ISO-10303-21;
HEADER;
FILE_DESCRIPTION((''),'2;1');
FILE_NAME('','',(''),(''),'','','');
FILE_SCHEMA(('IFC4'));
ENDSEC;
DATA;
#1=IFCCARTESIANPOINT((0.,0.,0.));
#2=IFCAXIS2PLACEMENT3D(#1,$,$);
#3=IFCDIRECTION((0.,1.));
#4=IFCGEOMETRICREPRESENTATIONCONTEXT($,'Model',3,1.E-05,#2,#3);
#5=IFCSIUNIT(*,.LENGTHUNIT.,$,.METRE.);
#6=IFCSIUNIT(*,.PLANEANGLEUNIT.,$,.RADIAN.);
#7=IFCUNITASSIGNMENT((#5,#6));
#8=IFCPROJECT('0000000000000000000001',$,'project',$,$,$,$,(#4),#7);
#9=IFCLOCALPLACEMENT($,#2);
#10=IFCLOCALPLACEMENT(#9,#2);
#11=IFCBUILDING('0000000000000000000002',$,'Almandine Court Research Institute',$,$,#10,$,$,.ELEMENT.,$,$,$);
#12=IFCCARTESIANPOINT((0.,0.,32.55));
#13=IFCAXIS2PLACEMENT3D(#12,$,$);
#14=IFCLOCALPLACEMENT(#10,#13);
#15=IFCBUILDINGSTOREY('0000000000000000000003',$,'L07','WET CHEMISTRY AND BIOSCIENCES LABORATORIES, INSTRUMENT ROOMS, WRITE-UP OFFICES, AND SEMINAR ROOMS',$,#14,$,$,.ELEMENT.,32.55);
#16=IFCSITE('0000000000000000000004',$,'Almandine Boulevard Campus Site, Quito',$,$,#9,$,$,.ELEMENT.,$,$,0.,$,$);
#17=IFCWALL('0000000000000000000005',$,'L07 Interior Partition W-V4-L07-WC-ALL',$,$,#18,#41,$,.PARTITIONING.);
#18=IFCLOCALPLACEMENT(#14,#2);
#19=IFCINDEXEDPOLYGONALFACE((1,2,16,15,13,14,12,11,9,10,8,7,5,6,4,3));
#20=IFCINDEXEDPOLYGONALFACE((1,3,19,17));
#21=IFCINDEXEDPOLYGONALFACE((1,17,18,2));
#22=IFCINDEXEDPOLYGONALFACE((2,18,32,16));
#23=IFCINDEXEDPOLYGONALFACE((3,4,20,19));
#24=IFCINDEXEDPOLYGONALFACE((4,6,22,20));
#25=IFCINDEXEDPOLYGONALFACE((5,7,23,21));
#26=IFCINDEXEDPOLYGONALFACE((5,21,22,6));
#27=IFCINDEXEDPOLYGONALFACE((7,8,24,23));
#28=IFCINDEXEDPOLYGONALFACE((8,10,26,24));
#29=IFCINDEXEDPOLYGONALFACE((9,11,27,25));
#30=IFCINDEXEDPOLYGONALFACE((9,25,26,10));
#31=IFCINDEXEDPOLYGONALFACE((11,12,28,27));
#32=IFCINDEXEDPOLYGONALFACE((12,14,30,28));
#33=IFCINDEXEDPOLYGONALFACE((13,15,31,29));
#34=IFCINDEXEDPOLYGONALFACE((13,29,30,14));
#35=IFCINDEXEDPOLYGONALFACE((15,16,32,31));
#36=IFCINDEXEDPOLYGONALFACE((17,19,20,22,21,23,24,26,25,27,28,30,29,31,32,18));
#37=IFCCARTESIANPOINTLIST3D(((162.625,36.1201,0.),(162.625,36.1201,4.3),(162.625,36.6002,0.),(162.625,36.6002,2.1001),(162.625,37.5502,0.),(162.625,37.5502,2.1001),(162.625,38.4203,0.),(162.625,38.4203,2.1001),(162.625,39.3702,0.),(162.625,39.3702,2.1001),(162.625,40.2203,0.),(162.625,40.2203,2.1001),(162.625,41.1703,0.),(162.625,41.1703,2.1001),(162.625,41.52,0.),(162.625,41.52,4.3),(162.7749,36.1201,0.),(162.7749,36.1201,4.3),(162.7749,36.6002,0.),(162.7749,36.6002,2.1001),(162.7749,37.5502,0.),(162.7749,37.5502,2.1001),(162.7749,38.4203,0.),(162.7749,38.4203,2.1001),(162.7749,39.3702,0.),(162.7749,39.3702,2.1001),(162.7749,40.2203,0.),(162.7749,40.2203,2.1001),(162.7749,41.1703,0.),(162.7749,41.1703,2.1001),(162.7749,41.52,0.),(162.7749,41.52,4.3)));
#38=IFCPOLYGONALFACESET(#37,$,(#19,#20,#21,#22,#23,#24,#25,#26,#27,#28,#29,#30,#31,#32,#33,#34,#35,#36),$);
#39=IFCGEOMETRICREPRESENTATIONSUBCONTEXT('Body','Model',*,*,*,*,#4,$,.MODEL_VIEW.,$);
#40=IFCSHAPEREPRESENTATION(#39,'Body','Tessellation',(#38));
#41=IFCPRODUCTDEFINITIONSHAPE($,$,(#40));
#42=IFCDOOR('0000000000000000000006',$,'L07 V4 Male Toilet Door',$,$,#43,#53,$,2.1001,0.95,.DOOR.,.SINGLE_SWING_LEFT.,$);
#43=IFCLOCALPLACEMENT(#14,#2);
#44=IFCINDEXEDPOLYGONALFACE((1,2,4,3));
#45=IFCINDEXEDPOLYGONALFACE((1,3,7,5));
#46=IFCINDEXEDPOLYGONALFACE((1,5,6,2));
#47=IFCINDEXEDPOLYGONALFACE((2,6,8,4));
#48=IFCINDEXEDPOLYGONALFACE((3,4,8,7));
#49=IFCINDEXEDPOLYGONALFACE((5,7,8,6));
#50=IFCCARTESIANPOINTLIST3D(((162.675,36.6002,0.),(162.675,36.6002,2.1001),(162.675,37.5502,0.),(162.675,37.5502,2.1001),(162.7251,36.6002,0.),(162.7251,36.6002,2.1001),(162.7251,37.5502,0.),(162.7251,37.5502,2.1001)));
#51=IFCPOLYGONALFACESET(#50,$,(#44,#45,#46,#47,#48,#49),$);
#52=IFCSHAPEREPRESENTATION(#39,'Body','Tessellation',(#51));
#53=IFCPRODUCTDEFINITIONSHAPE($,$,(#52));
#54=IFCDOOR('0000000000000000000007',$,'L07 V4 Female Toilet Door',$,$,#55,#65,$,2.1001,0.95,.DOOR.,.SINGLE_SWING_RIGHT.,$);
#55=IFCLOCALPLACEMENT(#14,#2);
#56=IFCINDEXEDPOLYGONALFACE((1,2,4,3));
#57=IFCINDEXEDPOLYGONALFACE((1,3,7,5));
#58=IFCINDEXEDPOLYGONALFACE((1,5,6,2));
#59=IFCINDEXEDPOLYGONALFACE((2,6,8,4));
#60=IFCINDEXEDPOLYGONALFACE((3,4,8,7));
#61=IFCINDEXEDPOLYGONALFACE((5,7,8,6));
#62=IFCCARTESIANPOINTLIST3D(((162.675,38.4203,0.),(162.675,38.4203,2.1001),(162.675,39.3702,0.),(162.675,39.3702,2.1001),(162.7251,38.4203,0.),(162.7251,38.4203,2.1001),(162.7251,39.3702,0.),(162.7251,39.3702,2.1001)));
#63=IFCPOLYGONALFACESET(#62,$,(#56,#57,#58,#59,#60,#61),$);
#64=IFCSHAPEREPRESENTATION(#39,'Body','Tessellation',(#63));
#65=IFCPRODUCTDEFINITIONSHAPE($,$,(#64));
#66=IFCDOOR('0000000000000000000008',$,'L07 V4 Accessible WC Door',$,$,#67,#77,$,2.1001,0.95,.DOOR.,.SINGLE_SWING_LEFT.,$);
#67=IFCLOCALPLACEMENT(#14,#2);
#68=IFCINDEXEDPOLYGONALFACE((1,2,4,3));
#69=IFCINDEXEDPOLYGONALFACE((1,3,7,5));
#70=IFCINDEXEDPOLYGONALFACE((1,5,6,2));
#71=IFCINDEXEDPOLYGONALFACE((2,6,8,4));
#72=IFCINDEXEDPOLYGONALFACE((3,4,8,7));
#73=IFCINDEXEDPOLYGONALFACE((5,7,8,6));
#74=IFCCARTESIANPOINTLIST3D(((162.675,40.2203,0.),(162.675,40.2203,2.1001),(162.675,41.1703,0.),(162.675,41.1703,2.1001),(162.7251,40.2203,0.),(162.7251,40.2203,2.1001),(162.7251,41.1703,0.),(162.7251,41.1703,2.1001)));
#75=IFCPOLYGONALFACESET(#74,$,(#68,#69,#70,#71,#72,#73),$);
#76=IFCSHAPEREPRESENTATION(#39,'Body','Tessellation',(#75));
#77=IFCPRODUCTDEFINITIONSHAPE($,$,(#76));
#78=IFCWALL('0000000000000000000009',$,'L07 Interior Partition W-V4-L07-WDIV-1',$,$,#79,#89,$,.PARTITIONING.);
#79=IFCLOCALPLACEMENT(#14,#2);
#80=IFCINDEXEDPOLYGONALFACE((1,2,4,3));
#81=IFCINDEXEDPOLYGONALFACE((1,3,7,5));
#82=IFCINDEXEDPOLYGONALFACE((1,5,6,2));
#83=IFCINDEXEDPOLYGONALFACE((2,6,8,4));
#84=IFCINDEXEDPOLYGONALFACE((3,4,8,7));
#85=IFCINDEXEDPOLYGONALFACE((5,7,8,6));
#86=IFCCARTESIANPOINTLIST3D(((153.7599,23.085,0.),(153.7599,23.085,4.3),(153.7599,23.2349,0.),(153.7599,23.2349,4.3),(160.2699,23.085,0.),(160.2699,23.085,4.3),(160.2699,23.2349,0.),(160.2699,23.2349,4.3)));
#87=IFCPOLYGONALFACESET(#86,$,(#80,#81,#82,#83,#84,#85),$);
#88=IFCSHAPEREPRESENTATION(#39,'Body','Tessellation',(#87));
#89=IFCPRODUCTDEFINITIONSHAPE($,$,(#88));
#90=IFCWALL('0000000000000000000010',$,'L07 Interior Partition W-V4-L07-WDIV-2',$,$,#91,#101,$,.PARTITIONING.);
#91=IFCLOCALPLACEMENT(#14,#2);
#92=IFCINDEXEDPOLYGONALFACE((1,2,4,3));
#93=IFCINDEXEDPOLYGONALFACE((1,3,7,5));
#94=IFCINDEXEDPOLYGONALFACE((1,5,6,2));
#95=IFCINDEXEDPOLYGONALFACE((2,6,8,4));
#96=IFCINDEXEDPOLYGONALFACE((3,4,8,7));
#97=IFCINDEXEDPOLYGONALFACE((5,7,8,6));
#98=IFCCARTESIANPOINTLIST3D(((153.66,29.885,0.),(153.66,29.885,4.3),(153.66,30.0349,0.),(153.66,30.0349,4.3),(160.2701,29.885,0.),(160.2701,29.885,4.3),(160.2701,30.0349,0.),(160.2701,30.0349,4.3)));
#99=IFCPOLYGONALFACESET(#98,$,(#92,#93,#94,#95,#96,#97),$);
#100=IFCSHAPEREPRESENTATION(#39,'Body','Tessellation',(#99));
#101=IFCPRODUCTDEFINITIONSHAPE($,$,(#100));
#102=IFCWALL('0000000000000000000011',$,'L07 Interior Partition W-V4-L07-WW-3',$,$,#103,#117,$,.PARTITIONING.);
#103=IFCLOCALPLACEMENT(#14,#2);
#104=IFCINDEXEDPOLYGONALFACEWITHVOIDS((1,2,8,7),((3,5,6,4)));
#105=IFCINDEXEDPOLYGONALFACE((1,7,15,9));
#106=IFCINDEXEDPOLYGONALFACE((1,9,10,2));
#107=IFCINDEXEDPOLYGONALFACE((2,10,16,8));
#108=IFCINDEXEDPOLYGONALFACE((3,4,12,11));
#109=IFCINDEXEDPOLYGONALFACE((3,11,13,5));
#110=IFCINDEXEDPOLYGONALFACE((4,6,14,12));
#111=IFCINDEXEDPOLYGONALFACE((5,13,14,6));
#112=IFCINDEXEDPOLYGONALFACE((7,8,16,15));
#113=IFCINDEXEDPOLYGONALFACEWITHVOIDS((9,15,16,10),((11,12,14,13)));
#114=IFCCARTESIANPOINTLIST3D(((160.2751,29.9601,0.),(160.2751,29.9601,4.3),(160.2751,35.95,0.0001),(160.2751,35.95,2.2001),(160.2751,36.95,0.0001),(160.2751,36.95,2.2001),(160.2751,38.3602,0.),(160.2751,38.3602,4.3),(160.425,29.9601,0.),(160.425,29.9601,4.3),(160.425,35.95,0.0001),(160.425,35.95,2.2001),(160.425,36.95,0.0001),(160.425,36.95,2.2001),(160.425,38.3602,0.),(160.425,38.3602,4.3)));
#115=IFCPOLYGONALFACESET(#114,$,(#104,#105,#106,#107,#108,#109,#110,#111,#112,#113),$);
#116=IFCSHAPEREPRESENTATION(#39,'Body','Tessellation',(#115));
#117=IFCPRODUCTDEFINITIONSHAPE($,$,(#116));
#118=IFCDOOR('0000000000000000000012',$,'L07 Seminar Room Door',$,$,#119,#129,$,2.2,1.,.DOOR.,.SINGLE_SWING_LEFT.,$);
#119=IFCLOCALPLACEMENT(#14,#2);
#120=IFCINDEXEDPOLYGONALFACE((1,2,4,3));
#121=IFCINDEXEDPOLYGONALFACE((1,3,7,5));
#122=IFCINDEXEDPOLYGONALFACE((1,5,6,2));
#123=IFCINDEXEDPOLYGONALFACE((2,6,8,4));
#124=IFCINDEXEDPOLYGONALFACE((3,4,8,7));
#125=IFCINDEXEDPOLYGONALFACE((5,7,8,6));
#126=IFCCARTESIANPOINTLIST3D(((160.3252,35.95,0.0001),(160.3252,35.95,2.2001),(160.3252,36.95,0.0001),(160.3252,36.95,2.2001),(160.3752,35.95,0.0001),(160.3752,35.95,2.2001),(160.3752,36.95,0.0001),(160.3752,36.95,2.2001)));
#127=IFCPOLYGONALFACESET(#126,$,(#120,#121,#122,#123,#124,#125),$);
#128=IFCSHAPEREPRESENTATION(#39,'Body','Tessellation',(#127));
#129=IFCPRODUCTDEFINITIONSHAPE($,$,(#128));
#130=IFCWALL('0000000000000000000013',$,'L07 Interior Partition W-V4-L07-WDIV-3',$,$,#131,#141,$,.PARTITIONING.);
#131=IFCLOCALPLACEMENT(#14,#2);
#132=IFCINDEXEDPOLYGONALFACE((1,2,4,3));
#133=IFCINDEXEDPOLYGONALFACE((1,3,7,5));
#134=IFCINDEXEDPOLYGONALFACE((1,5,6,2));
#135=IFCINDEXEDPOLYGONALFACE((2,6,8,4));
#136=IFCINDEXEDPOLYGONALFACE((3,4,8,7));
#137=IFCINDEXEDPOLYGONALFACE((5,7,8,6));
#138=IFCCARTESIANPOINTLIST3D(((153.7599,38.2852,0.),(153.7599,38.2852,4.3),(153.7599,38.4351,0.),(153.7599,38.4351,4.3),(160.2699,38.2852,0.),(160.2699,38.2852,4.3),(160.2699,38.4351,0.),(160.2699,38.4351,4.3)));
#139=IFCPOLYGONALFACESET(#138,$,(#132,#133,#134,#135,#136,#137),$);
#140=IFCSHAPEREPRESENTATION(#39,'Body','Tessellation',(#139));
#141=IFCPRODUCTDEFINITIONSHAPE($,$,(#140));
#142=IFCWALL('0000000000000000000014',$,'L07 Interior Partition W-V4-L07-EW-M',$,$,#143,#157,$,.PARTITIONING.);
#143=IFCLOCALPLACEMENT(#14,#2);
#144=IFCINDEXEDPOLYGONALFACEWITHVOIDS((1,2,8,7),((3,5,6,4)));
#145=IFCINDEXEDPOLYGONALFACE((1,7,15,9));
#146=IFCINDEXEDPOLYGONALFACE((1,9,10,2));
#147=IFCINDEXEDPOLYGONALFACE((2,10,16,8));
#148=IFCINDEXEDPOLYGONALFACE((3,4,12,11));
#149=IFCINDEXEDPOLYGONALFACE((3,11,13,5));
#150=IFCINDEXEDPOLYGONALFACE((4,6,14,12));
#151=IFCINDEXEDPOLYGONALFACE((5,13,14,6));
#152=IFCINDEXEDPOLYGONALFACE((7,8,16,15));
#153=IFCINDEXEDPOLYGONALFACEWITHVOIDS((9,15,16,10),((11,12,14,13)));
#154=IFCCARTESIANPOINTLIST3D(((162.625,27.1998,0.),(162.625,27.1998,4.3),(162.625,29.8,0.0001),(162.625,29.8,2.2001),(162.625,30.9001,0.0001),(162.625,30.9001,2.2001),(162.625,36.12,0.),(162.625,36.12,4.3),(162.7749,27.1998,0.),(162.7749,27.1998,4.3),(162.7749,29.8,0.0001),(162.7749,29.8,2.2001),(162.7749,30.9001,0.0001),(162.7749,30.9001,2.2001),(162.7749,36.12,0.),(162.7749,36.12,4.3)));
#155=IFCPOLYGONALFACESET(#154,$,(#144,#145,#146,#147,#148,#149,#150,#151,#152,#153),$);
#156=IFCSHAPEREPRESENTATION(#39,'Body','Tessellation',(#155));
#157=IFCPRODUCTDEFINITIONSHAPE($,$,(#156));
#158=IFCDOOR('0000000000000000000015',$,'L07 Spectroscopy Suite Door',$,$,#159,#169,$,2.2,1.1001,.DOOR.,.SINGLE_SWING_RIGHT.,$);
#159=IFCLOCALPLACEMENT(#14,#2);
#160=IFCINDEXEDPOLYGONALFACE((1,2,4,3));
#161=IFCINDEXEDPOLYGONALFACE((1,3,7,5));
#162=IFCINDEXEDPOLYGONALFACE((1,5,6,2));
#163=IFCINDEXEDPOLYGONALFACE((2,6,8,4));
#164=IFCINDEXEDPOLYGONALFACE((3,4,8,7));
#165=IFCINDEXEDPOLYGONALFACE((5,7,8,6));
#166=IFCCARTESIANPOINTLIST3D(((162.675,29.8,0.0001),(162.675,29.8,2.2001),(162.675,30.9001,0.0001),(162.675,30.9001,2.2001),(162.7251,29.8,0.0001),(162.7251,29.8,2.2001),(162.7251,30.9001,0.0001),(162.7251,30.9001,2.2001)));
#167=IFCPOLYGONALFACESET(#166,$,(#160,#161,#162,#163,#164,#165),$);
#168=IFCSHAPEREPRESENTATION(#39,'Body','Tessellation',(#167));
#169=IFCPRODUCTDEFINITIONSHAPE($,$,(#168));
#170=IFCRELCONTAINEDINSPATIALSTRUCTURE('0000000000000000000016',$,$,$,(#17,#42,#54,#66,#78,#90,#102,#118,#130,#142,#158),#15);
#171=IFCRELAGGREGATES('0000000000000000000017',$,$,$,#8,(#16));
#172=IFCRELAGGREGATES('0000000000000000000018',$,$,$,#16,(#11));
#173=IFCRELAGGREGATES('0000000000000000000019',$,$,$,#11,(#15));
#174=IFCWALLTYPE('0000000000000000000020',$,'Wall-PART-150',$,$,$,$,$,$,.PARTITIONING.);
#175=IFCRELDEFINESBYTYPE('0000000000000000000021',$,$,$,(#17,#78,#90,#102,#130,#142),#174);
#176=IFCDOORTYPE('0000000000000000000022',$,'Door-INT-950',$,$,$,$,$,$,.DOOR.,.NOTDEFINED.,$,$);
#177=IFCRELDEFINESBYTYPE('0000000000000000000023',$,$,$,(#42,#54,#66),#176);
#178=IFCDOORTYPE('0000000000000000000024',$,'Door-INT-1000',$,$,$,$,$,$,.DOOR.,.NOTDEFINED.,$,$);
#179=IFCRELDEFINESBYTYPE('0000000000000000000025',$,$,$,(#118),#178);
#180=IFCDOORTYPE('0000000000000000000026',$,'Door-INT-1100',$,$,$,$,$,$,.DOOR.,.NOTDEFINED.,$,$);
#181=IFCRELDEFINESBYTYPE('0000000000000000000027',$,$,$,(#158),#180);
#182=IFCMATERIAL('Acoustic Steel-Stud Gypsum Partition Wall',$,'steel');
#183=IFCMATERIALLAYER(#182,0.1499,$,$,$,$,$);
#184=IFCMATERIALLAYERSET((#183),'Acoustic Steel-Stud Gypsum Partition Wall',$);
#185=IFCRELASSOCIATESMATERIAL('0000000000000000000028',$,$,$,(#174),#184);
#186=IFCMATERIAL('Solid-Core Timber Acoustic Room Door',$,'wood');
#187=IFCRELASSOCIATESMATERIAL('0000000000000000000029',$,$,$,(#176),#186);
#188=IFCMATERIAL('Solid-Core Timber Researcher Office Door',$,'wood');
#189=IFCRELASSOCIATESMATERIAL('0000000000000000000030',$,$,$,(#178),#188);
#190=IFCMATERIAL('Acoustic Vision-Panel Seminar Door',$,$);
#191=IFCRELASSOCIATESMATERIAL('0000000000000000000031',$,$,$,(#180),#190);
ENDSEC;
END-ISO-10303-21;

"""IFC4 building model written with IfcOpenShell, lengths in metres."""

from ifc_helpers import new_model, si_unit, direction, frame, frame_2d, origin, place, context, subcontext, project, spatial, rectangle, extrude, material, layer, layer_set, type_object, element, fill, save


model = new_model("IFC4")

# Units and contexts
model_context = context("Model", 3, precision=1e-05, world=origin(), true_north=direction((0.0, 1.0)))
body_context = subcontext(model_context, "Body", "Model", "MODEL_VIEW")
ifc_project = project(units=[si_unit("LENGTHUNIT", "METRE"), si_unit("PLANEANGLEUNIT", "RADIAN")], contexts=[model_context])

# Site, building, storey
site_placement = place(None, origin())
site = spatial("IfcSite", under=ifc_project, at=site_placement, Name="Almandine Boulevard Campus Site, Quito", CompositionType="ELEMENT", RefElevation=0.0)
building_placement = place(site_placement, origin())
building = spatial("IfcBuilding", under=site, at=building_placement, Name="Almandine Court Research Institute", CompositionType="ELEMENT")
storey_placement = place(building_placement, frame((0.0, 0.0, 32.55)))
storey = spatial("IfcBuildingStorey", under=building, at=storey_placement, Name="L07", Description="WET CHEMISTRY AND BIOSCIENCES LABORATORIES, INSTRUMENT ROOMS, WRITE-UP OFFICES, AND SEMINAR ROOMS", CompositionType="ELEMENT", Elevation=32.55)

# Shared definitions
ifc_material_1 = material(Name="Acoustic Steel-Stud Gypsum Partition Wall", Category="steel")
ifc_layer_1 = layer(ifc_material_1, 0.1499)
ifc_layer_set_1 = layer_set([ifc_layer_1], Name="Acoustic Steel-Stud Gypsum Partition Wall")
wall_type_1 = type_object("IfcWallType", Name="Wall-PART-150", PredefinedType="PARTITIONING", material=ifc_layer_set_1)

# Wall, openings, doors
wall_1_placement = place(storey_placement, frame((162.7, 36.1201, 0.0), z_axis=(0.0, 0.0, 1.0), x_axis=(0.0, 1.0, 0.0)))
wall_1 = element("IfcWall", 1, at=wall_1_placement, inside=storey, type_object=wall_type_1, Name="L07 Interior Partition W-V4-L07-WC-ALL", PredefinedType="PARTITIONING", context=body_context, shape_type="SweptSolid", body=[
    extrude(rectangle(XDim=5.3999, YDim=0.1499, at=frame_2d((2.7, 0.0))), origin(), (0.0, 0.0, 1.0), 4.3),
])
opening_1_placement = place(wall_1_placement, frame((0.48, 0.0, 0.0)))
opening_1 = element("IfcOpeningElement", 2, at=opening_1_placement, cuts=wall_1, PredefinedType="OPENING", context=body_context, shape_type="SweptSolid", body=[
    extrude(rectangle(XDim=0.95, YDim=2.1001, at=frame_2d((0.4751, 1.05))), frame((0.0, 0.085, 0.0), z_axis=(0.0, -1.0, 0.0), x_axis=(1.0, 0.0, 0.0)), (0.0, 0.0, 1.0), 0.1699),
])
opening_2_placement = place(wall_1_placement, frame((2.3, 0.0, 0.0)))
opening_2 = element("IfcOpeningElement", 3, at=opening_2_placement, cuts=wall_1, PredefinedType="OPENING", context=body_context, shape_type="SweptSolid", body=[
    extrude(rectangle(XDim=0.95, YDim=2.1001, at=frame_2d((0.4751, 1.05))), frame((0.0, 0.085, 0.0), z_axis=(0.0, -1.0, 0.0), x_axis=(1.0, 0.0, 0.0)), (0.0, 0.0, 1.0), 0.1699),
])
opening_3_placement = place(wall_1_placement, frame((4.1001, 0.0, 0.0)))
opening_3 = element("IfcOpeningElement", 4, at=opening_3_placement, cuts=wall_1, PredefinedType="OPENING", context=body_context, shape_type="SweptSolid", body=[
    extrude(rectangle(XDim=0.95, YDim=2.1001, at=frame_2d((0.4751, 1.05))), frame((0.0, 0.085, 0.0), z_axis=(0.0, -1.0, 0.0), x_axis=(1.0, 0.0, 0.0)), (0.0, 0.0, 1.0), 0.1699),
])
ifc_material_2 = material(Name="Solid-Core Timber Acoustic Room Door", Category="wood")
door_type_1 = type_object("IfcDoorType", Name="Door-INT-950", OperationType="NOTDEFINED", PredefinedType="DOOR", material=ifc_material_2)
door_1_placement = place(opening_1_placement, origin())
door_1 = element("IfcDoor", 5, at=door_1_placement, inside=storey, type_object=door_type_1, Name="L07 V4 Male Toilet Door", OperationType="SINGLE_SWING_LEFT", OverallHeight=2.1001, OverallWidth=0.95, PredefinedType="DOOR", context=body_context, shape_type="SweptSolid", body=[
    extrude(rectangle(XDim=0.95, YDim=2.1001, at=frame_2d((0.4751, 1.05))), frame((0.0, 0.0249, 0.0), z_axis=(0.0, -1.0, 0.0), x_axis=(1.0, 0.0, 0.0)), (0.0, 0.0, 1.0), 0.05),
])
fill(opening_1, door_1)
door_2_placement = place(opening_2_placement, origin())
door_2 = element("IfcDoor", 6, at=door_2_placement, inside=storey, type_object=door_type_1, Name="L07 V4 Female Toilet Door", OperationType="SINGLE_SWING_RIGHT", OverallHeight=2.1001, OverallWidth=0.95, PredefinedType="DOOR", context=body_context, shape_type="SweptSolid", body=[
    extrude(rectangle(XDim=0.95, YDim=2.1001, at=frame_2d((0.4751, 1.05))), frame((0.0, 0.0249, 0.0), z_axis=(0.0, -1.0, 0.0), x_axis=(1.0, 0.0, 0.0)), (0.0, 0.0, 1.0), 0.05),
])
fill(opening_2, door_2)
door_3_placement = place(opening_3_placement, origin())
door_3 = element("IfcDoor", 7, at=door_3_placement, inside=storey, type_object=door_type_1, Name="L07 V4 Accessible WC Door", OperationType="SINGLE_SWING_LEFT", OverallHeight=2.1001, OverallWidth=0.95, PredefinedType="DOOR", context=body_context, shape_type="SweptSolid", body=[
    extrude(rectangle(XDim=0.95, YDim=2.1001, at=frame_2d((0.4751, 1.05))), frame((0.0, 0.0249, 0.0), z_axis=(0.0, -1.0, 0.0), x_axis=(1.0, 0.0, 0.0)), (0.0, 0.0, 1.0), 0.05),
])
fill(opening_3, door_3)

# Walls
wall_2_placement = place(storey_placement, frame((153.76, 23.1599, 0.0), z_axis=(0.0, 0.0, 1.0), x_axis=(1.0, 0.0, 0.0)))
element("IfcWall", 8, at=wall_2_placement, inside=storey, type_object=wall_type_1, Name="L07 Interior Partition W-V4-L07-WDIV-1", PredefinedType="PARTITIONING", context=body_context, shape_type="SweptSolid", body=[
    extrude(rectangle(XDim=6.51, YDim=0.1499, at=frame_2d((3.2549, 0.0))), origin(), (0.0, 0.0, 1.0), 4.3),
])
wall_3_placement = place(storey_placement, frame((153.6599, 29.96, 0.0), z_axis=(0.0, 0.0, 1.0), x_axis=(1.0, 0.0, 0.0)))
element("IfcWall", 9, at=wall_3_placement, inside=storey, type_object=wall_type_1, Name="L07 Interior Partition W-V4-L07-WDIV-2", PredefinedType="PARTITIONING", context=body_context, shape_type="SweptSolid", body=[
    extrude(rectangle(XDim=6.6101, YDim=0.1499, at=frame_2d((3.3052, 0.0))), origin(), (0.0, 0.0, 1.0), 4.3),
])

# Wall, opening, door
wall_4_placement = place(storey_placement, frame((160.3501, 29.96, 0.0), z_axis=(0.0, 0.0, 1.0), x_axis=(0.0, 1.0, 0.0)))
wall_4 = element("IfcWall", 10, at=wall_4_placement, inside=storey, type_object=wall_type_1, Name="L07 Interior Partition W-V4-L07-WW-3", PredefinedType="PARTITIONING", context=body_context, shape_type="SweptSolid", body=[
    extrude(rectangle(XDim=8.4001, YDim=0.1499, at=frame_2d((4.2002, 0.0))), origin(), (0.0, 0.0, 1.0), 4.3),
])
opening_4_placement = place(wall_4_placement, frame((5.99, 0.0, 0.0)))
opening_4 = element("IfcOpeningElement", 11, at=opening_4_placement, cuts=wall_4, PredefinedType="OPENING", context=body_context, shape_type="SweptSolid", body=[
    extrude(rectangle(XDim=1.0, YDim=2.2, at=frame_2d((0.5, 1.1001))), frame((0.0, 0.085, 0.0), z_axis=(0.0, -1.0, 0.0), x_axis=(1.0, 0.0, 0.0)), (0.0, 0.0, 1.0), 0.1699),
])
ifc_material_3 = material(Name="Solid-Core Timber Researcher Office Door", Category="wood")
door_type_2 = type_object("IfcDoorType", Name="Door-INT-1000", OperationType="NOTDEFINED", PredefinedType="DOOR", material=ifc_material_3)
door_4_placement = place(opening_4_placement, origin())
door_4 = element("IfcDoor", 12, at=door_4_placement, inside=storey, type_object=door_type_2, Name="L07 Seminar Room Door", OperationType="SINGLE_SWING_LEFT", OverallHeight=2.2, OverallWidth=1.0, PredefinedType="DOOR", context=body_context, shape_type="SweptSolid", body=[
    extrude(rectangle(XDim=1.0, YDim=2.2, at=frame_2d((0.5, 1.1001))), frame((0.0, 0.0249, 0.0), z_axis=(0.0, -1.0, 0.0), x_axis=(1.0, 0.0, 0.0)), (0.0, 0.0, 1.0), 0.05),
])
fill(opening_4, door_4)

# Wall
wall_5_placement = place(storey_placement, frame((153.76, 38.3601, 0.0), z_axis=(0.0, 0.0, 1.0), x_axis=(1.0, 0.0, 0.0)))
element("IfcWall", 13, at=wall_5_placement, inside=storey, type_object=wall_type_1, Name="L07 Interior Partition W-V4-L07-WDIV-3", PredefinedType="PARTITIONING", context=body_context, shape_type="SweptSolid", body=[
    extrude(rectangle(XDim=6.51, YDim=0.1499, at=frame_2d((3.2549, 0.0))), origin(), (0.0, 0.0, 1.0), 4.3),
])

# Wall, opening, door
wall_6_placement = place(storey_placement, frame((162.7, 27.2, 0.0), z_axis=(0.0, 0.0, 1.0), x_axis=(0.0, 1.0, 0.0)))
wall_6 = element("IfcWall", 14, at=wall_6_placement, inside=storey, type_object=wall_type_1, Name="L07 Interior Partition W-V4-L07-EW-M", PredefinedType="PARTITIONING", context=body_context, shape_type="SweptSolid", body=[
    extrude(rectangle(XDim=8.9202, YDim=0.1499, at=frame_2d((4.46, 0.0))), origin(), (0.0, 0.0, 1.0), 4.3),
])
opening_5_placement = place(wall_6_placement, frame((2.6001, 0.0, 0.0)))
opening_5 = element("IfcOpeningElement", 15, at=opening_5_placement, cuts=wall_6, PredefinedType="OPENING", context=body_context, shape_type="SweptSolid", body=[
    extrude(rectangle(XDim=1.1001, YDim=2.2, at=frame_2d((0.55, 1.1001))), frame((0.0, 0.085, 0.0), z_axis=(0.0, -1.0, 0.0), x_axis=(1.0, 0.0, 0.0)), (0.0, 0.0, 1.0), 0.1699),
])
ifc_material_4 = material(Name="Acoustic Vision-Panel Seminar Door")
door_type_3 = type_object("IfcDoorType", Name="Door-INT-1100", OperationType="NOTDEFINED", PredefinedType="DOOR", material=ifc_material_4)
door_5_placement = place(opening_5_placement, origin())
door_5 = element("IfcDoor", 16, at=door_5_placement, inside=storey, type_object=door_type_3, Name="L07 Spectroscopy Suite Door", OperationType="SINGLE_SWING_RIGHT", OverallHeight=2.2, OverallWidth=1.1001, PredefinedType="DOOR", context=body_context, shape_type="SweptSolid", body=[
    extrude(rectangle(XDim=1.1001, YDim=2.2, at=frame_2d((0.55, 1.1001))), frame((0.0, 0.0249, 0.0), z_axis=(0.0, -1.0, 0.0), x_axis=(1.0, 0.0, 0.0)), (0.0, 0.0, 1.0), 0.05),
])
fill(opening_5, door_5)

save(model, "model.ifc")
